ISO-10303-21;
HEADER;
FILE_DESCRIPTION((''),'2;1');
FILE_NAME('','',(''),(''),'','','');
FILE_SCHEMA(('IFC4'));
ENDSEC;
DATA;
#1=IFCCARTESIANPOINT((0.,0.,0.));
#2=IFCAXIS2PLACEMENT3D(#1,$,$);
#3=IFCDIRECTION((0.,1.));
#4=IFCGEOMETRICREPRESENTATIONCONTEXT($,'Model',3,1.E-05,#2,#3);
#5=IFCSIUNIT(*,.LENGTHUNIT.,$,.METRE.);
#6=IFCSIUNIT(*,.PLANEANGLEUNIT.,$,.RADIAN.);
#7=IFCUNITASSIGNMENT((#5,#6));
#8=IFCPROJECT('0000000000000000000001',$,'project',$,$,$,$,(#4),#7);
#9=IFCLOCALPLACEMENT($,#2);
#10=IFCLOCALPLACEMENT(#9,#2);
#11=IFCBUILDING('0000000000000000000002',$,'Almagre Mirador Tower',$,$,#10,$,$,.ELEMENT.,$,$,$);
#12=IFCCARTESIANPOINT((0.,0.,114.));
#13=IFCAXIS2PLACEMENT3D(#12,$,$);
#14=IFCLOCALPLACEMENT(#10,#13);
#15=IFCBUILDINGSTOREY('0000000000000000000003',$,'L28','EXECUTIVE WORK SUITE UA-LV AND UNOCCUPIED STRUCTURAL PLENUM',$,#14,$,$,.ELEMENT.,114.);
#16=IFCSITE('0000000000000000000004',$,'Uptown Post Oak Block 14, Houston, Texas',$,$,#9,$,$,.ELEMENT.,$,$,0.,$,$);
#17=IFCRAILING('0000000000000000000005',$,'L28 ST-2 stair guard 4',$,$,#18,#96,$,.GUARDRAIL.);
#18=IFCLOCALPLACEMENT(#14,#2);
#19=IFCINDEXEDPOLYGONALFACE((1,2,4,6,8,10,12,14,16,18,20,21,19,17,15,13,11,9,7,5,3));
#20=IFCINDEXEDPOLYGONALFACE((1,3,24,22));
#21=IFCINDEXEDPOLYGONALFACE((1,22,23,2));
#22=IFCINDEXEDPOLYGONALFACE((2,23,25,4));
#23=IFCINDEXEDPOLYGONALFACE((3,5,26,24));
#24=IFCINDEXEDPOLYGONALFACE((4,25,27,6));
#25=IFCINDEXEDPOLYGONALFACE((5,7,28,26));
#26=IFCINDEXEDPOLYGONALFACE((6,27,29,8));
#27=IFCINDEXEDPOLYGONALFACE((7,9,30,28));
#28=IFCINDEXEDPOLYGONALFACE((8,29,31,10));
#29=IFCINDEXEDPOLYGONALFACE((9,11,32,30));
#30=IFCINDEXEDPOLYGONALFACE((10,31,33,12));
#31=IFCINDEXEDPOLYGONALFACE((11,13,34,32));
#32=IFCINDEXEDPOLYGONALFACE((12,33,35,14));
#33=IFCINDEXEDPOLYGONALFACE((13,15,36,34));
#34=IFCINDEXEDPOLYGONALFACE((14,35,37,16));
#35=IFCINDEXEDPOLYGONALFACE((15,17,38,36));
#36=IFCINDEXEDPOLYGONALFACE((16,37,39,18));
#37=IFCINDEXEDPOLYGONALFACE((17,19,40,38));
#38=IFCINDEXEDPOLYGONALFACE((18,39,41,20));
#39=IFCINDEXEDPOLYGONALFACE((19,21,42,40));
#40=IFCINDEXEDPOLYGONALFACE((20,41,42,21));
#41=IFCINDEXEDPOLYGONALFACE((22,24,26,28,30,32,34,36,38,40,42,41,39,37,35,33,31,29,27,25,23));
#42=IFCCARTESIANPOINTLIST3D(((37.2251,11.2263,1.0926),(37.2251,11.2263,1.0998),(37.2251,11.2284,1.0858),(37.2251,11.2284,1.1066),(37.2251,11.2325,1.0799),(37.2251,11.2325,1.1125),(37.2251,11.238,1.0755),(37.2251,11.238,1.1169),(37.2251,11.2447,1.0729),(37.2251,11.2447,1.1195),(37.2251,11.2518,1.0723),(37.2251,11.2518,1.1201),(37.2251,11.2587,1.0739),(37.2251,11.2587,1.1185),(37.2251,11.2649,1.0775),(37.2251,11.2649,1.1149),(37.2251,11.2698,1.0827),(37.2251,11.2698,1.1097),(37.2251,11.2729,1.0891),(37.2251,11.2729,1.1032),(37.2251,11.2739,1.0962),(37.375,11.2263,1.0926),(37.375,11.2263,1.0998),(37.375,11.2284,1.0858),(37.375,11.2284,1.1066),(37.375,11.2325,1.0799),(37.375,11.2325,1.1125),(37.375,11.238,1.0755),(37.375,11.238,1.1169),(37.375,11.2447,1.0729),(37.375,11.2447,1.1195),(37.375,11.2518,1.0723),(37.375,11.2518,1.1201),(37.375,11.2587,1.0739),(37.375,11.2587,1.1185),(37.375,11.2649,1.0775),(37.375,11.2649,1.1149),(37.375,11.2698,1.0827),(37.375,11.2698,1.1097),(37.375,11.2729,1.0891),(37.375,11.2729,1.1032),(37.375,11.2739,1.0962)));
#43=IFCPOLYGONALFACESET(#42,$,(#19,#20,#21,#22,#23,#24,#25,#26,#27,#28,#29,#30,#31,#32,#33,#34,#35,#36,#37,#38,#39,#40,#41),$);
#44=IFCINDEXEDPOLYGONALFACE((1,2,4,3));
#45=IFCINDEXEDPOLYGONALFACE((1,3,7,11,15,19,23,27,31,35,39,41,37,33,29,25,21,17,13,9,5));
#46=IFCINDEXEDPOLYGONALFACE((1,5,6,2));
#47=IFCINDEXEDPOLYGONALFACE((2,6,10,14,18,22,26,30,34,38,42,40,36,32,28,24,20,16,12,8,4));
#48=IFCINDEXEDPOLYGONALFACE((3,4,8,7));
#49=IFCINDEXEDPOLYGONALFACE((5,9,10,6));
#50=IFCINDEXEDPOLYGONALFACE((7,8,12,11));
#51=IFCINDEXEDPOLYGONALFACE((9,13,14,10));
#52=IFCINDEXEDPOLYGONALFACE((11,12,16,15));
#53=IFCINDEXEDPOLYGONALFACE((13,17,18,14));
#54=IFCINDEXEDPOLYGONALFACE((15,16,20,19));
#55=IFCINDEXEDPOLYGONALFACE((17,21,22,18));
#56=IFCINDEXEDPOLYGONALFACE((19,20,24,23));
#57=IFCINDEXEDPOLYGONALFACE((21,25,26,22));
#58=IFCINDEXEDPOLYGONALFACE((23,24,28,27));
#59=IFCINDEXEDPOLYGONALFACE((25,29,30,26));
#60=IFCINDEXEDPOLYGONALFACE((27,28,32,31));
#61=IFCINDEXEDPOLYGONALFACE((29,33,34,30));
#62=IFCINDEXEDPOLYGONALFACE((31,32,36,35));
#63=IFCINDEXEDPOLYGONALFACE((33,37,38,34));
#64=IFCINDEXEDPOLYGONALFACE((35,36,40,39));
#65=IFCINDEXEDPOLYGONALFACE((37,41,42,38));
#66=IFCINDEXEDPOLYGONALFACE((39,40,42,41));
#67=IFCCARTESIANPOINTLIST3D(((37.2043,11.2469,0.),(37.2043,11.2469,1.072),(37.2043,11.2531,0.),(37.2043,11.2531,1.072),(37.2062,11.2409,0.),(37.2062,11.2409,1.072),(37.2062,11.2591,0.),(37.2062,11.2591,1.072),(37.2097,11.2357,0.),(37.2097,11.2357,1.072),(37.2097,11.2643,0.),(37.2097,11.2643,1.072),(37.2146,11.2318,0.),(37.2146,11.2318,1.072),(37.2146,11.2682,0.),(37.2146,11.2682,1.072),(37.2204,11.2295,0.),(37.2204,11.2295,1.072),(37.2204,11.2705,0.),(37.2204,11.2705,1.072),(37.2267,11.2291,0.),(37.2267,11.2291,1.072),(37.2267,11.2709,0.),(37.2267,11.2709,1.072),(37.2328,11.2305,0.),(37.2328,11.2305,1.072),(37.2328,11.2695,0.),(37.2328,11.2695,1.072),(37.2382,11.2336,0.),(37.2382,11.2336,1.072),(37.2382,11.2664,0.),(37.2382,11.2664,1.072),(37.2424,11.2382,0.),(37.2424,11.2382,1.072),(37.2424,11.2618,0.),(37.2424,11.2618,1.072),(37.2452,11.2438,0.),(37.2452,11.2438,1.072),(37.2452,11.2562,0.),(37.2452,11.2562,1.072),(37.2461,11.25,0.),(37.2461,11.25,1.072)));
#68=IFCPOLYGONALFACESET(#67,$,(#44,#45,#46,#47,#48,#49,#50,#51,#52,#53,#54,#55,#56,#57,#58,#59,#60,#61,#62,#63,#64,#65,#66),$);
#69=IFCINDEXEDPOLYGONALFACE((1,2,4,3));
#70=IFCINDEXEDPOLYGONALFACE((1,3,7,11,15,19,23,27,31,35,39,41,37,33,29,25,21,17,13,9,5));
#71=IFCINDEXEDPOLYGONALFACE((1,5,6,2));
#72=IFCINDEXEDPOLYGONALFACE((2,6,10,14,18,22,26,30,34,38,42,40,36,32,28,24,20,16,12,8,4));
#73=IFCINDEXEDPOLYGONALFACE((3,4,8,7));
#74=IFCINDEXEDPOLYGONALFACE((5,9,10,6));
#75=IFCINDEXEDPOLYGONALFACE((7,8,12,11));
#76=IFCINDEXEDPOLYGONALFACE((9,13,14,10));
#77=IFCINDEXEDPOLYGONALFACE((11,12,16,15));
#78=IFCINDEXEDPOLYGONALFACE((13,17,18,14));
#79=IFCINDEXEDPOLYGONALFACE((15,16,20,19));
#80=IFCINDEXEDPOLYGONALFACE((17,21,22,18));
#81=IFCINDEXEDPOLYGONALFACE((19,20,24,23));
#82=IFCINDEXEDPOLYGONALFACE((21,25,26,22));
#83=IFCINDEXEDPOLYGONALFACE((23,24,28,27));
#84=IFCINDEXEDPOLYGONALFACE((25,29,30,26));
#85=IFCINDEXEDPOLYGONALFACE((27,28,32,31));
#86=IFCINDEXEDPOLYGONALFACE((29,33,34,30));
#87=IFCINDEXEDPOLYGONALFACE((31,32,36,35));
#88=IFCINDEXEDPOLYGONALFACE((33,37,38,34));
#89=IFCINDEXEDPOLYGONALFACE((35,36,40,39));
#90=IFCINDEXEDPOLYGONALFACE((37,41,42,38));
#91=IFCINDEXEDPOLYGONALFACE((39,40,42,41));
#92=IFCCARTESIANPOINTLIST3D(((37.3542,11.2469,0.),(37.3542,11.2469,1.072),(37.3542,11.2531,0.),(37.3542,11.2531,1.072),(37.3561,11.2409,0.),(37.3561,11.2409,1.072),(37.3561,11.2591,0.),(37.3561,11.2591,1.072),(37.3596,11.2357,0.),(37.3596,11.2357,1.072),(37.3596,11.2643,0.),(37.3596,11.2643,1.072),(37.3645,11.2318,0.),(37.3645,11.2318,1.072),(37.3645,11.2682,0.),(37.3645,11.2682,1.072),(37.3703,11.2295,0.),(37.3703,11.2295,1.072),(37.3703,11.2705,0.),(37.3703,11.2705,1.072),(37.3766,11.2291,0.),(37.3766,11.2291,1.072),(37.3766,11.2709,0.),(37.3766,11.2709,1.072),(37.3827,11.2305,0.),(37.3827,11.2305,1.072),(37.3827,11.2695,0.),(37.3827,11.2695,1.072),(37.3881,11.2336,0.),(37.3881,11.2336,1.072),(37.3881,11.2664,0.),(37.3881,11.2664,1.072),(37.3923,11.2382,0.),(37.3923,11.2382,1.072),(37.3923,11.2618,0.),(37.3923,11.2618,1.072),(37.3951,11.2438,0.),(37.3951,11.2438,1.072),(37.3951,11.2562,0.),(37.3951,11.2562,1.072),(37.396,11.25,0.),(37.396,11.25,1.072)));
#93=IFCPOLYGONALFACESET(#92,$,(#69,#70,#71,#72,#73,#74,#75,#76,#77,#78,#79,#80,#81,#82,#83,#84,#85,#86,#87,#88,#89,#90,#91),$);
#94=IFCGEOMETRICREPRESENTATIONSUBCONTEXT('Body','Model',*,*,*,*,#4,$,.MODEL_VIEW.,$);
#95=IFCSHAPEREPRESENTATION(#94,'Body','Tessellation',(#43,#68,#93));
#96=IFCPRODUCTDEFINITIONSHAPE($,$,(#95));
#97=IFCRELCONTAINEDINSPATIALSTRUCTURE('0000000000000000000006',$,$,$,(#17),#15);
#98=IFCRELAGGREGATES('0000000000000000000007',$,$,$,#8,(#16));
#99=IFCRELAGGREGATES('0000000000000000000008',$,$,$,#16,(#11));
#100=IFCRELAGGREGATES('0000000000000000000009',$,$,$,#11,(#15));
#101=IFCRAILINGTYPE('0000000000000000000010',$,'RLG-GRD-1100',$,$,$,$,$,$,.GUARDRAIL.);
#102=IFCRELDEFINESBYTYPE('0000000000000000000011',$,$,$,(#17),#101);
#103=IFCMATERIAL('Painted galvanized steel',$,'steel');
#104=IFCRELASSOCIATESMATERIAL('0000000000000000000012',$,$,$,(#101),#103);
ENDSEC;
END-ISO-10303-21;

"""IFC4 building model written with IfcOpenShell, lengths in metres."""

from ifc_helpers import new_model, si_unit, direction, frame, origin, origin_2d, place, context, subcontext, project, spatial, circle, extrude, material, type_object, element, save


model = new_model("IFC4")

# Units and contexts
model_context = context("Model", 3, precision=1e-05, world=origin(), true_north=direction((0.0, 1.0)))
body_context = subcontext(model_context, "Body", "Model", "MODEL_VIEW")
ifc_project = project(units=[si_unit("LENGTHUNIT", "METRE"), si_unit("PLANEANGLEUNIT", "RADIAN")], contexts=[model_context])

# Site, building, storey
site_placement = place(None, origin())
site = spatial("IfcSite", under=ifc_project, at=site_placement, Name="Uptown Post Oak Block 14, Houston, Texas", CompositionType="ELEMENT", RefElevation=0.0)
building_placement = place(site_placement, origin())
building = spatial("IfcBuilding", under=site, at=building_placement, Name="Almagre Mirador Tower", CompositionType="ELEMENT")
storey_placement = place(building_placement, frame((0.0, 0.0, 114.0)))
storey = spatial("IfcBuildingStorey", under=building, at=storey_placement, Name="L28", Description="EXECUTIVE WORK SUITE UA-LV AND UNOCCUPIED STRUCTURAL PLENUM", CompositionType="ELEMENT", Elevation=114.0)

# Railing
ifc_material_1 = material(Name="Painted galvanized steel", Category="steel")
railing_type_1 = type_object("IfcRailingType", Name="RLG-GRD-1100", PredefinedType="GUARDRAIL", material=ifc_material_1)
railing_1_placement = place(storey_placement, frame((37.2251, 11.25, 0.0)))
element("IfcRailing", 1, at=railing_1_placement, inside=storey, type_object=railing_type_1, Name="L28 ST-2 stair guard 4", PredefinedType="GUARDRAIL", context=body_context, shape_type="SweptSolid", body=[
    extrude(circle(Radius=0.0239, at=origin_2d()), frame((0.0, 0.0, 1.0962), z_axis=(1.0, 0.0, 0.0), x_axis=(0.0, 1.0, 0.0)), (0.0, 0.0, 1.0), 0.1499),
    extrude(circle(Radius=0.021, at=origin_2d()), origin(), (0.0, 0.0, 1.0), 1.072),
    extrude(circle(Radius=0.021, at=origin_2d()), frame((0.1499, 0.0, 0.0)), (0.0, 0.0, 1.0), 1.072),
])

save(model, "model.ifc")
